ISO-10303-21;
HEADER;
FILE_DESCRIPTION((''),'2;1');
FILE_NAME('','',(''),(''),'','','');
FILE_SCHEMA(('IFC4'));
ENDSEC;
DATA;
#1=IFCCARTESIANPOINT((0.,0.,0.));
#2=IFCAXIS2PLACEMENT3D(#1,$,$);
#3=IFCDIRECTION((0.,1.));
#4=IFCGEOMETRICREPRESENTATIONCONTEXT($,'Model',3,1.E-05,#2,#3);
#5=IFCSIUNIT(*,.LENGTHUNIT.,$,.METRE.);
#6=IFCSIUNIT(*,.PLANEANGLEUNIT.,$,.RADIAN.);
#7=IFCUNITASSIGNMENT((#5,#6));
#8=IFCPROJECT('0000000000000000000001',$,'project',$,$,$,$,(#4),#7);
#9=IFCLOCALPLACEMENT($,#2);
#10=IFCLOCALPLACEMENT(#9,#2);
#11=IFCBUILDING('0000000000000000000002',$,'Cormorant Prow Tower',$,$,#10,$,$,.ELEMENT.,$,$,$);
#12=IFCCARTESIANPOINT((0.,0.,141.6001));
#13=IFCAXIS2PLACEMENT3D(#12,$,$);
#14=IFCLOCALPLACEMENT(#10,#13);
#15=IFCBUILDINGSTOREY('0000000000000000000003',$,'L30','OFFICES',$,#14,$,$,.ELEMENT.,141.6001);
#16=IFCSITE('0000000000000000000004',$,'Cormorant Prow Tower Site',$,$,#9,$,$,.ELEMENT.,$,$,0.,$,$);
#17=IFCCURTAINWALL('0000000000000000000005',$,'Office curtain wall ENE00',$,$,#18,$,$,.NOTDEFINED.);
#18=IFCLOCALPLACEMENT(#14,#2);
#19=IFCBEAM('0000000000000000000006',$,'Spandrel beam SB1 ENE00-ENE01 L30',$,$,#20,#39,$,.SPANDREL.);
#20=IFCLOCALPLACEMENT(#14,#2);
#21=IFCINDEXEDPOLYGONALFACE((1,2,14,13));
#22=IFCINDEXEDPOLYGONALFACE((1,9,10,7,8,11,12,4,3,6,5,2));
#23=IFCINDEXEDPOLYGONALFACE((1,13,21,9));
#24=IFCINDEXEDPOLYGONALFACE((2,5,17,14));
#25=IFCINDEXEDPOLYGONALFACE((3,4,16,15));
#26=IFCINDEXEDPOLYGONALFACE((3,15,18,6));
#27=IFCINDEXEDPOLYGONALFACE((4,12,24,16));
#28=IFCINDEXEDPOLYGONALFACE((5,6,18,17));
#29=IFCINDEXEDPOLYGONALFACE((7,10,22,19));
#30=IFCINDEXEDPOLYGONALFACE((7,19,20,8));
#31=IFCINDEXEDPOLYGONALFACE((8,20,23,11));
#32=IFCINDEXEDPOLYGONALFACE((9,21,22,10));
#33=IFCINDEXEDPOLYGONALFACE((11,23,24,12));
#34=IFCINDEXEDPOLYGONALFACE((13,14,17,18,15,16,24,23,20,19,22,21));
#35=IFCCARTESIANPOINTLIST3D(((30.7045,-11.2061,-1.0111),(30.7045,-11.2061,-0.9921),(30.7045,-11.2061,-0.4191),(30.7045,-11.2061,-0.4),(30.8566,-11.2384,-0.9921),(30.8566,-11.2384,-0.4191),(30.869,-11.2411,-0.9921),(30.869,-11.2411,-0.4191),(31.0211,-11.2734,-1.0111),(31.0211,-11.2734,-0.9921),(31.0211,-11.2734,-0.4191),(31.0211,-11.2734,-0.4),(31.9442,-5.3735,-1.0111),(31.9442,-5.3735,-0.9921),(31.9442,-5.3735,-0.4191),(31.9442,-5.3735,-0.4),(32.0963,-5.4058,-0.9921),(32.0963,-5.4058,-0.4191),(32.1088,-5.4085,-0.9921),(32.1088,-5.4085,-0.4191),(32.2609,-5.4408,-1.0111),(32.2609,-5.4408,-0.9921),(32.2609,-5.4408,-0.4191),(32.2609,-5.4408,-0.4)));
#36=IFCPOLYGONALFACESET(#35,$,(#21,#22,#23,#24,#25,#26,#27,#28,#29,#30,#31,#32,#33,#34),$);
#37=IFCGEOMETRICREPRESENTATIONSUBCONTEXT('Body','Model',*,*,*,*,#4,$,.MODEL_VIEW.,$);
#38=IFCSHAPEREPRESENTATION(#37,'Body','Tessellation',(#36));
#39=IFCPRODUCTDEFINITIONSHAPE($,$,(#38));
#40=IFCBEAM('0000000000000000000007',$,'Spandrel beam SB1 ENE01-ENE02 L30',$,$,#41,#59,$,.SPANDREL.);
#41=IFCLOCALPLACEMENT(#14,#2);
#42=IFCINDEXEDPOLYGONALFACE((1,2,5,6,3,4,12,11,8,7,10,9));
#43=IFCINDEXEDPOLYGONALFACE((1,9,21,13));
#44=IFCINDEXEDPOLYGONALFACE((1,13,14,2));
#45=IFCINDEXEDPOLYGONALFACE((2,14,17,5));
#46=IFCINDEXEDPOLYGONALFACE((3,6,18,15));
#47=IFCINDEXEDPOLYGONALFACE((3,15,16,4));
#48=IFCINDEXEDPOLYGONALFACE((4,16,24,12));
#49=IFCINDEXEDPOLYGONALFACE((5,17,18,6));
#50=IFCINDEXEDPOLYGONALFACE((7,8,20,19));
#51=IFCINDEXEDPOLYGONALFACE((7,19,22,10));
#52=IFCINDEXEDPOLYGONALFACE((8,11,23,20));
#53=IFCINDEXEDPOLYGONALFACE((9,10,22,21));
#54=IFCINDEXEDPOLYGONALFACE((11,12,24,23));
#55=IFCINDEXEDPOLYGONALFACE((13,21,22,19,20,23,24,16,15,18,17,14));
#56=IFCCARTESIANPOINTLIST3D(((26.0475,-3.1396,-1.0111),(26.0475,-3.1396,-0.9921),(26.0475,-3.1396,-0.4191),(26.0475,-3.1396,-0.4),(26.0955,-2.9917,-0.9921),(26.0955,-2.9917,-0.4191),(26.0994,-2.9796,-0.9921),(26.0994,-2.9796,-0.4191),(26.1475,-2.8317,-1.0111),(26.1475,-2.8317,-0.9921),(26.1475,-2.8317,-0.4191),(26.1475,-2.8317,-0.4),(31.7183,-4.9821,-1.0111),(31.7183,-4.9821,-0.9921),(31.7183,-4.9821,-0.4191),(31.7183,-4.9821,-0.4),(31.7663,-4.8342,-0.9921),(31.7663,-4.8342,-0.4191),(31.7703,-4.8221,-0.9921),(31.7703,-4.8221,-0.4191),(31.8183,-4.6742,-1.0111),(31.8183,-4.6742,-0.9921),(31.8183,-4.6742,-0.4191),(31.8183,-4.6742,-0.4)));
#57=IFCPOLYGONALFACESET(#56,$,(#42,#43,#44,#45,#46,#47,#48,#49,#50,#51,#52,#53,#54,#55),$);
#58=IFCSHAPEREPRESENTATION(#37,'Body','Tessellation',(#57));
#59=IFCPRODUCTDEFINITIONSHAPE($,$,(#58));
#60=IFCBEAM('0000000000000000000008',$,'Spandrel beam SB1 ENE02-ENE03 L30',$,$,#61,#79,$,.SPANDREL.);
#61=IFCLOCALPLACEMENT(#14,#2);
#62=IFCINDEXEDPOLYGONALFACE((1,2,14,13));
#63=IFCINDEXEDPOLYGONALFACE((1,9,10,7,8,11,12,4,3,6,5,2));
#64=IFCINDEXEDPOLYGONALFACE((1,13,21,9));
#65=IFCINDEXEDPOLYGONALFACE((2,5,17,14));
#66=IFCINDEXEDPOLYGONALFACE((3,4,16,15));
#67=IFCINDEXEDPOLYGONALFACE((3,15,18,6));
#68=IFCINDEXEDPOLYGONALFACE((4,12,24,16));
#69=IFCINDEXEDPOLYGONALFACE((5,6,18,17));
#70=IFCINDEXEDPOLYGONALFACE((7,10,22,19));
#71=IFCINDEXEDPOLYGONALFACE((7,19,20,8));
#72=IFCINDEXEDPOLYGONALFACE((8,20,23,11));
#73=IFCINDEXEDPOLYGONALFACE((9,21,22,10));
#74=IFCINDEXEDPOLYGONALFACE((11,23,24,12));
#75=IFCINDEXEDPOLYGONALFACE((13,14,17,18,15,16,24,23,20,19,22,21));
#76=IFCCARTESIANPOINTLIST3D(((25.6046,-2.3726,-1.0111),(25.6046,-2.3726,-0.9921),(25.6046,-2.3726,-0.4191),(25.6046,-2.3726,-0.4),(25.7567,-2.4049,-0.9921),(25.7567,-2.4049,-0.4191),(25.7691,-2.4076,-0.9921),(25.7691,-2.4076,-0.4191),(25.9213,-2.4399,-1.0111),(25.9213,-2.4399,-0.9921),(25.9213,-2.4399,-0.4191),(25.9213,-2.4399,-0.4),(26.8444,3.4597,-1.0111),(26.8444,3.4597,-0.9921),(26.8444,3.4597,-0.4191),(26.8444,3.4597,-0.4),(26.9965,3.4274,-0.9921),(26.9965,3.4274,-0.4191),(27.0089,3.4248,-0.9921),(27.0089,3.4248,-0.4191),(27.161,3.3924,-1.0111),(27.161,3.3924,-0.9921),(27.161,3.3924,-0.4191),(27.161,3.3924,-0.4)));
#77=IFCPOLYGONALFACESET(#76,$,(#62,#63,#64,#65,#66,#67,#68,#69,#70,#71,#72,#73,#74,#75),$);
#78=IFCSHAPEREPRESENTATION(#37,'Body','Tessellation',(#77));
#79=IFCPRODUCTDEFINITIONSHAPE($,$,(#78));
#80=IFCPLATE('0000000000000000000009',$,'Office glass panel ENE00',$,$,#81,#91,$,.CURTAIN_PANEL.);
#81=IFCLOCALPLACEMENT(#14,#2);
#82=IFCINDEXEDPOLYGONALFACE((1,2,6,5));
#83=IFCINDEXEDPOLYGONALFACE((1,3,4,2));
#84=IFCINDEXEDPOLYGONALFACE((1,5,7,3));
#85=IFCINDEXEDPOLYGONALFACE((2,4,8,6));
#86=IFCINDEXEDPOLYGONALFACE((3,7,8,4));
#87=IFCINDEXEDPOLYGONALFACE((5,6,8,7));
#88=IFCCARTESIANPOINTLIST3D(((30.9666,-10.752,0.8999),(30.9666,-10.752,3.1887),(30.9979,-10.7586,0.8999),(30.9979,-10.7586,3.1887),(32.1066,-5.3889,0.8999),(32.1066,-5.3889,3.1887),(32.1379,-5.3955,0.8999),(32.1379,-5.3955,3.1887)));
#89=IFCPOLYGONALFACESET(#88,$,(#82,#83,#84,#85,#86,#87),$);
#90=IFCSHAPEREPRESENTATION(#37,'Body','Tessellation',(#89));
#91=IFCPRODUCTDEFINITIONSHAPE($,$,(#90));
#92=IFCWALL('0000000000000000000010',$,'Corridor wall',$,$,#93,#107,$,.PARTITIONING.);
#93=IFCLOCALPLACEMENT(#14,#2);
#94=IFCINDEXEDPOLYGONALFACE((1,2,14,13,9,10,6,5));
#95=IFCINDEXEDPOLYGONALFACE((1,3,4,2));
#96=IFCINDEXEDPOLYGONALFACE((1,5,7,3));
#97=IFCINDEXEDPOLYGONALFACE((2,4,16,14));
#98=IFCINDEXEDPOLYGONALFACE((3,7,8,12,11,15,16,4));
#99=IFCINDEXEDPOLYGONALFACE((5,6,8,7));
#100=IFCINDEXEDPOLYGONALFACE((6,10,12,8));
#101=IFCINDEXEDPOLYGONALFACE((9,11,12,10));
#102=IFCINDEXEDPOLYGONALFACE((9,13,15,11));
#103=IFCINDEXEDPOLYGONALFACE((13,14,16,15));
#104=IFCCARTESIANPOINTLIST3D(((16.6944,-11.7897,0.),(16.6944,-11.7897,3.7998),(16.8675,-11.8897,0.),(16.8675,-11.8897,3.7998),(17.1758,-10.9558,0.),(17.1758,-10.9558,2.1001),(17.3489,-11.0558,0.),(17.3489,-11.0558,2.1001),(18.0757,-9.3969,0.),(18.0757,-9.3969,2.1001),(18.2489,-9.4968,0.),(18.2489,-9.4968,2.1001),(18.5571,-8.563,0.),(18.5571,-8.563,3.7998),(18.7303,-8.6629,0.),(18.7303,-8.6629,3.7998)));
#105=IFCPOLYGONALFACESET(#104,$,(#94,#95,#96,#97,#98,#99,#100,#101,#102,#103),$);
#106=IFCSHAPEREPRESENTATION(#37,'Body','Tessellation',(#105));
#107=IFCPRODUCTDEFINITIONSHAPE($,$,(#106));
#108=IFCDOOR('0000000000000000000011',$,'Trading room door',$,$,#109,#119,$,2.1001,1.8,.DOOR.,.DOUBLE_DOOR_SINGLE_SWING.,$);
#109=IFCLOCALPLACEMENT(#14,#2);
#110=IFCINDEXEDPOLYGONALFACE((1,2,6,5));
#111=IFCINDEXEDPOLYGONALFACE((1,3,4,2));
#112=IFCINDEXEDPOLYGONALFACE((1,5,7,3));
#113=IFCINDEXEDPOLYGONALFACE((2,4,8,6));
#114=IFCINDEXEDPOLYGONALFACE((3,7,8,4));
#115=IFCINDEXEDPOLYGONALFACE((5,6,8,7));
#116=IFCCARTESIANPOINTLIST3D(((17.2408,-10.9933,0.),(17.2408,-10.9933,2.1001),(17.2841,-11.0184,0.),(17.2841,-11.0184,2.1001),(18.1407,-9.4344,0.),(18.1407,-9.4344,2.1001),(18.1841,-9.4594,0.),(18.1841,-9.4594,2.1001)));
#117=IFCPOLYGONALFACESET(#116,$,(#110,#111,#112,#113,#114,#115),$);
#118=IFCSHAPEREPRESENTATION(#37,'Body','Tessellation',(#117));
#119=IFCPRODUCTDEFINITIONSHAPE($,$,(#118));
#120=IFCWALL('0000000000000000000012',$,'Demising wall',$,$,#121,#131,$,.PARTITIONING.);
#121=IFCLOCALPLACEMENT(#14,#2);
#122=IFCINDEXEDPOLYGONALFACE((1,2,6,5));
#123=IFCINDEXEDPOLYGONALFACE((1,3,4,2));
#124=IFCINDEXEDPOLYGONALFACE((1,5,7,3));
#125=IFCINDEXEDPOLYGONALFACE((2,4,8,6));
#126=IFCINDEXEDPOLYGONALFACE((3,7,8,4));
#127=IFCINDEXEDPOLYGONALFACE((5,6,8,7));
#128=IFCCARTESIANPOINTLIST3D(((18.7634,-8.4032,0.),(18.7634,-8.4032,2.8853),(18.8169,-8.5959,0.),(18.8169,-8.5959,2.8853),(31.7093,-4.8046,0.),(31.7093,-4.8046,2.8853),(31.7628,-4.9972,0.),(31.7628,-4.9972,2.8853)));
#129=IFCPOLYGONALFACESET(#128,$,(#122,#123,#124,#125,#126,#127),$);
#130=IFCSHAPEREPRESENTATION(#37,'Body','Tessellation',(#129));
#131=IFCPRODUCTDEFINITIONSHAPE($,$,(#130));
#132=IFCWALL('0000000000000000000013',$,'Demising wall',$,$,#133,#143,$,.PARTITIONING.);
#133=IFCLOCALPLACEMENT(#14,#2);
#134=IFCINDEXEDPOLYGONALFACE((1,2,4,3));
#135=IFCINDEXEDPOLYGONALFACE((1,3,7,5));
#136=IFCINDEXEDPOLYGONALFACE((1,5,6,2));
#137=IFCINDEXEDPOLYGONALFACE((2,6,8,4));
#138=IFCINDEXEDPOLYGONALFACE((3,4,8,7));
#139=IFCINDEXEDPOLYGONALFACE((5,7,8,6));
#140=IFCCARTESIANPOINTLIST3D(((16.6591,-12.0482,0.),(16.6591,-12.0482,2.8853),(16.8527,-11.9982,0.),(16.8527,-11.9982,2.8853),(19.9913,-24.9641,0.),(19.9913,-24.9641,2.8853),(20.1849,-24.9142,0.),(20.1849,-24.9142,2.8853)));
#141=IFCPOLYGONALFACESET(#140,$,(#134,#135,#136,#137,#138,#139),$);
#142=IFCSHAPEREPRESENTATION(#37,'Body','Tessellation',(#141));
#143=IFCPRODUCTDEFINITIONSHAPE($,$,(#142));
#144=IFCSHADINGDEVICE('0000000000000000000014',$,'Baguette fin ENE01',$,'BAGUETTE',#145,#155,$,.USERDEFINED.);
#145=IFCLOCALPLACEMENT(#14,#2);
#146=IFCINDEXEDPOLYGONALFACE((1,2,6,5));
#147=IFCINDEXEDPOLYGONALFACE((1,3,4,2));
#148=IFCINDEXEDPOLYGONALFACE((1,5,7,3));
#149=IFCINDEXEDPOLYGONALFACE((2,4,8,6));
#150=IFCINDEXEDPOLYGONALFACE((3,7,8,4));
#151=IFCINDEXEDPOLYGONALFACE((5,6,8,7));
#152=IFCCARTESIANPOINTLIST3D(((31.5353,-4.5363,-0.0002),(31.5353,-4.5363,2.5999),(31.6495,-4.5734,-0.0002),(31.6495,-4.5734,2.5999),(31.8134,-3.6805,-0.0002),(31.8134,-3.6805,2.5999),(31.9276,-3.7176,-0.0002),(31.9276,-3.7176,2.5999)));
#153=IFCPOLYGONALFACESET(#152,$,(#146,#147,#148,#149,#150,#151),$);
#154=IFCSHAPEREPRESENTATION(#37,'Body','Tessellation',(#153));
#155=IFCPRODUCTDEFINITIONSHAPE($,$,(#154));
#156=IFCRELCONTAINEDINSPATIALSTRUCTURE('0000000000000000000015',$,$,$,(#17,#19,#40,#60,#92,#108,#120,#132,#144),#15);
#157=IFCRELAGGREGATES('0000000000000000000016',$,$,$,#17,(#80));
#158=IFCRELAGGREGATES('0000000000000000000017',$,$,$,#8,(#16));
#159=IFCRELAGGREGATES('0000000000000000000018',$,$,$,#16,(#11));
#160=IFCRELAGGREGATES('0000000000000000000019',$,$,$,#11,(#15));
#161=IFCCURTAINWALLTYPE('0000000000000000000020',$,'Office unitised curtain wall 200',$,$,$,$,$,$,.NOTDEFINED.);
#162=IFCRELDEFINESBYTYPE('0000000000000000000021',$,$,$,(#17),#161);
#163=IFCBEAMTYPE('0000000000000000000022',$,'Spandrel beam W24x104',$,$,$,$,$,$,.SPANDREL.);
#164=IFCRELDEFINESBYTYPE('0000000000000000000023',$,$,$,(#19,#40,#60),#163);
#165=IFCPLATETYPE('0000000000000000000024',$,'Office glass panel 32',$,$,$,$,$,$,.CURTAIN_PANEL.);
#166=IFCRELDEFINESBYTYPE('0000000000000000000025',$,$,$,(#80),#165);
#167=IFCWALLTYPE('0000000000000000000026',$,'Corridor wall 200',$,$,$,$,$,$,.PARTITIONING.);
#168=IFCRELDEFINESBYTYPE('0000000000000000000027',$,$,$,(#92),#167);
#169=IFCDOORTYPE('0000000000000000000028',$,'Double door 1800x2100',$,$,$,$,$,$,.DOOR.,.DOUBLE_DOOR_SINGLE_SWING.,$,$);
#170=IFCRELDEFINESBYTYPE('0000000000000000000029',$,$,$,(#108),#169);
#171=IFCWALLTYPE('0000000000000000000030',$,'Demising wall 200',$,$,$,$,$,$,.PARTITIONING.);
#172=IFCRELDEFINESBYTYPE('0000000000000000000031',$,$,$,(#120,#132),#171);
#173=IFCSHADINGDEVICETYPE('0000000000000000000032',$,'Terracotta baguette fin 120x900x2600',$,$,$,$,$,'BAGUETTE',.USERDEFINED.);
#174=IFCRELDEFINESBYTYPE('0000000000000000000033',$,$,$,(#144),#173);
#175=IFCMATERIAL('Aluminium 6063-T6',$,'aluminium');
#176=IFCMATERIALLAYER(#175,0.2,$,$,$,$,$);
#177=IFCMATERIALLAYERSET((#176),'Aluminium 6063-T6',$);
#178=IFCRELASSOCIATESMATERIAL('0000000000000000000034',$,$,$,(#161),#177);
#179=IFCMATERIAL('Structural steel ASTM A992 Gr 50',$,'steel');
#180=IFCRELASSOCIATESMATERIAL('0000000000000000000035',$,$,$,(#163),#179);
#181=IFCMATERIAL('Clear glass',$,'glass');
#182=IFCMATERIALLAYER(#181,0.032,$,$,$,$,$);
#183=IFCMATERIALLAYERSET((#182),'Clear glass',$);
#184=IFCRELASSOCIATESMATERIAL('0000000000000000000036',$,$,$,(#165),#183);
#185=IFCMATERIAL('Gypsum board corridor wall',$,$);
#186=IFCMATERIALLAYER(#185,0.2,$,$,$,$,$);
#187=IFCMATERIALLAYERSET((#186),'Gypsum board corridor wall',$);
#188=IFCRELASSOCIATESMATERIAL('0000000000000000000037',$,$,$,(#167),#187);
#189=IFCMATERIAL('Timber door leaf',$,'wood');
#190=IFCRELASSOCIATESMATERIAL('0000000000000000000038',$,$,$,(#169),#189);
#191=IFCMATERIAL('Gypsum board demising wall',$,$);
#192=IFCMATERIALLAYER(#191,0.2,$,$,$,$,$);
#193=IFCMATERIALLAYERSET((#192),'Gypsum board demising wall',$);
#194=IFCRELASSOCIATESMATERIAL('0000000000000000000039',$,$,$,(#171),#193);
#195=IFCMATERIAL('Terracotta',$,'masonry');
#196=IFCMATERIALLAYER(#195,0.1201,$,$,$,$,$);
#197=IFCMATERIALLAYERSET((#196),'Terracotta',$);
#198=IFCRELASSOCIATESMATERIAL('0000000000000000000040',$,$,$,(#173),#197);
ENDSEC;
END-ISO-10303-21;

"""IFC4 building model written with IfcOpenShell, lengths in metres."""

from ifc_helpers import new_model, si_unit, direction, frame, frame_2d, origin, origin_2d, place, context, subcontext, project, spatial, rectangle, i_section, extrude, material, layer, layer_set, material_profile, profile_set, type_object, element, fill, aggregate, save


model = new_model("IFC4")

# Units and contexts
model_context = context("Model", 3, precision=1e-05, world=origin(), true_north=direction((0.0, 1.0)))
body_context = subcontext(model_context, "Body", "Model", "MODEL_VIEW")
ifc_project = project(units=[si_unit("LENGTHUNIT", "METRE"), si_unit("PLANEANGLEUNIT", "RADIAN")], contexts=[model_context])

# Site, building, storey
site_placement = place(None, origin())
site = spatial("IfcSite", under=ifc_project, at=site_placement, Name="Cormorant Prow Tower Site", CompositionType="ELEMENT", RefElevation=0.0)
building_placement = place(site_placement, origin())
building = spatial("IfcBuilding", under=site, at=building_placement, Name="Cormorant Prow Tower", CompositionType="ELEMENT")
storey_placement = place(building_placement, frame((0.0, 0.0, 141.6001)))
storey = spatial("IfcBuildingStorey", under=building, at=storey_placement, Name="L30", Description="OFFICES", CompositionType="ELEMENT", Elevation=141.6001)

# Curtain wall
ifc_material_1 = material(Name="Aluminium 6063-T6", Category="aluminium")
ifc_layer_1 = layer(ifc_material_1, 0.2)
ifc_layer_set_1 = layer_set([ifc_layer_1], Name="Aluminium 6063-T6")
curtain_wall_type = type_object("IfcCurtainWallType", Name="Office unitised curtain wall 200", PredefinedType="NOTDEFINED", material=ifc_layer_set_1)
curtain_wall_1_placement = place(storey_placement, origin())
curtain_wall_1 = element("IfcCurtainWall", 1, at=curtain_wall_1_placement, inside=storey, type_object=curtain_wall_type, Name="Office curtain wall ENE00", PredefinedType="NOTDEFINED")

# Beams
ifc_material_2 = material(Name="Structural steel ASTM A992 Gr 50", Category="steel")
ifc_material_profile_1 = material_profile(ifc_material_2, i_section(OverallWidth=0.3237, OverallDepth=0.6111, WebThickness=0.0127, FlangeThickness=0.019, at=origin_2d()), Name="W24x104")
ifc_profile_set_1 = profile_set([ifc_material_profile_1], Name="Structural steel ASTM A992 Gr 50")
beam_type_1 = type_object("IfcBeamType", Name="Spandrel beam W24x104", PredefinedType="SPANDREL", material=ifc_profile_set_1)
beam_1_placement = place(storey_placement, frame((30.8628, -11.2397, -0.7056), z_axis=(0.207913, 0.978147, 0.0), x_axis=(-0.978147, 0.207913, 0.0)))
element("IfcBeam", 2, at=beam_1_placement, inside=storey, type_object=beam_type_1, Name="Spandrel beam SB1 ENE00-ENE01 L30", PredefinedType="SPANDREL", context=body_context, shape_type="SweptSolid", body=[
    extrude(i_section(OverallWidth=0.3237, OverallDepth=0.6111, WebThickness=0.0127, FlangeThickness=0.019, at=origin_2d()), origin(), (0.0, 0.0, 1.0), 5.9629),
])
for number, where, z_axis, x_axis, name in (
    (3, (31.7683, -4.8281, -0.7056), (-0.951059, 0.309008, 0.0), (-0.309008, -0.951059, 0.0), "Spandrel beam SB1 ENE01-ENE02 L30"),
    (4, (25.7629, -2.4062, -0.7056), (0.207921, 0.978146, 0.0), (-0.978146, 0.207921, 0.0), "Spandrel beam SB1 ENE02-ENE03 L30"),
):
    element("IfcBeam", number, at=place(storey_placement, frame(where, z_axis=z_axis, x_axis=x_axis)), inside=storey, type_object=beam_type_1, Name=name, PredefinedType="SPANDREL", context=body_context, shape_type="SweptSolid", body=[
        extrude(i_section(OverallWidth=0.3237, OverallDepth=0.6111, WebThickness=0.0127, FlangeThickness=0.019, at=origin_2d()), origin(), (0.0, 0.0, 1.0), 5.9626),
    ])

# Plate
ifc_material_3 = material(Name="Clear glass", Category="glass")
ifc_layer_2 = layer(ifc_material_3, 0.032)
ifc_layer_set_2 = layer_set([ifc_layer_2], Name="Clear glass")
plate_type = type_object("IfcPlateType", Name="Office glass panel 32", PredefinedType="CURTAIN_PANEL", material=ifc_layer_set_2)
plate_placement = place(storey_placement, frame((31.5522, -8.0737, 0.8999), z_axis=(0.0, 0.0, 1.0), x_axis=(0.207912, 0.978148, 0.0)))
plate = element("IfcPlate", 5, at=plate_placement, type_object=plate_type, Name="Office glass panel ENE00", PredefinedType="CURTAIN_PANEL", context=body_context, shape_type="SweptSolid", body=[
    extrude(rectangle(XDim=5.4829, YDim=0.032, at=origin_2d()), origin(), (0.0, 0.0, 1.0), 2.2888),
])
aggregate(curtain_wall_1, [plate])

# Wall, opening, door
ifc_material_4 = material(Name="Gypsum board corridor wall")
ifc_layer_3 = layer(ifc_material_4, 0.2)
ifc_layer_set_3 = layer_set([ifc_layer_3], Name="Gypsum board corridor wall")
wall_type_1 = type_object("IfcWallType", Name="Corridor wall 200", PredefinedType="PARTITIONING", material=ifc_layer_set_3)
wall_1_placement = place(storey_placement, frame((16.781, -11.8396, 0.0), z_axis=(0.0, 0.0, 1.0), x_axis=(0.499959, 0.866049, 0.0)))
wall_1 = element("IfcWall", 6, at=wall_1_placement, inside=storey, type_object=wall_type_1, Name="Corridor wall", PredefinedType="PARTITIONING", context=body_context, shape_type="SweptSolid", body=[
    extrude(rectangle(XDim=3.7258, YDim=0.2, at=frame_2d((1.8628, 0.0))), origin(), (0.0, 0.0, 1.0), 3.7998),
])
opening_1_placement = place(wall_1_placement, frame((0.9629, 0.0, 0.0)))
opening_1 = element("IfcOpeningElement", 7, at=opening_1_placement, cuts=wall_1, PredefinedType="OPENING", context=body_context, shape_type="SweptSolid", body=[
    extrude(rectangle(XDim=1.8, YDim=2.1001, at=frame_2d((0.8999, 1.05))), frame((0.0, 0.1099, 0.0), z_axis=(0.0, -1.0, 0.0), x_axis=(1.0, 0.0, 0.0)), (0.0, 0.0, 1.0), 0.22),
])
ifc_material_5 = material(Name="Timber door leaf", Category="wood")
door_type_1 = type_object("IfcDoorType", Name="Double door 1800x2100", OperationType="DOUBLE_DOOR_SINGLE_SWING", PredefinedType="DOOR", material=ifc_material_5)
door_1_placement = place(opening_1_placement, origin())
door_1 = element("IfcDoor", 8, at=door_1_placement, inside=storey, type_object=door_type_1, Name="Trading room door", OperationType="DOUBLE_DOOR_SINGLE_SWING", OverallHeight=2.1001, OverallWidth=1.8, PredefinedType="DOOR", context=body_context, shape_type="SweptSolid", body=[
    extrude(rectangle(XDim=1.8, YDim=2.1001, at=frame_2d((0.8999, 1.05))), frame((0.0, 0.0249, 0.0), z_axis=(0.0, -1.0, 0.0), x_axis=(1.0, 0.0, 0.0)), (0.0, 0.0, 1.0), 0.05),
])
fill(opening_1, door_1)

# Walls
ifc_material_6 = material(Name="Gypsum board demising wall")
ifc_layer_4 = layer(ifc_material_6, 0.2)
ifc_layer_set_4 = layer_set([ifc_layer_4], Name="Gypsum board demising wall")
wall_type_2 = type_object("IfcWallType", Name="Demising wall 200", PredefinedType="PARTITIONING", material=ifc_layer_set_4)
wall_2_placement = place(storey_placement, frame((18.7903, -8.4995, 0.0), z_axis=(0.0, 0.0, 1.0), x_axis=(0.963468, 0.267822, 0.0)))
element("IfcWall", 9, at=wall_2_placement, inside=storey, type_object=wall_type_2, Name="Demising wall", PredefinedType="PARTITIONING", context=body_context, shape_type="SweptSolid", body=[
    extrude(rectangle(XDim=13.4368, YDim=0.2, at=frame_2d((6.7183, 0.0))), origin(), (0.0, 0.0, 1.0), 2.8853),
])
wall_3_placement = place(storey_placement, frame((16.7559, -12.0232, 0.0), z_axis=(0.0, 0.0, 1.0), x_axis=(0.249815, -0.968293, 0.0)))
element("IfcWall", 10, at=wall_3_placement, inside=storey, type_object=wall_type_2, Name="Demising wall", PredefinedType="PARTITIONING", context=body_context, shape_type="SweptSolid", body=[
    extrude(rectangle(XDim=13.3389, YDim=0.2, at=frame_2d((6.6694, 0.0))), origin(), (0.0, 0.0, 1.0), 2.8853),
])

# Shading device
ifc_material_7 = material(Name="Terracotta", Category="masonry")
ifc_layer_5 = layer(ifc_material_7, 0.1201)
ifc_layer_set_5 = layer_set([ifc_layer_5], Name="Terracotta")
shading_device_type = type_object("IfcShadingDeviceType", Name="Terracotta baguette fin 120x900x2600", ElementType="BAGUETTE", PredefinedType="USERDEFINED", material=ifc_layer_set_5)
shading_device_placement = place(storey_placement, frame((31.7314, -4.127, -0.0002), z_axis=(0.0, 0.0, 1.0), x_axis=(-0.951057, 0.309017, 0.0)))
element("IfcShadingDevice", 11, at=shading_device_placement, inside=storey, type_object=shading_device_type, Name="Baguette fin ENE01", ObjectType="BAGUETTE", PredefinedType="USERDEFINED", context=body_context, shape_type="SweptSolid", body=[
    extrude(rectangle(XDim=0.1201, YDim=0.8999, at=origin_2d()), origin(), (0.0, 0.0, 1.0), 2.6001),
])

save(model, "model.ifc")
